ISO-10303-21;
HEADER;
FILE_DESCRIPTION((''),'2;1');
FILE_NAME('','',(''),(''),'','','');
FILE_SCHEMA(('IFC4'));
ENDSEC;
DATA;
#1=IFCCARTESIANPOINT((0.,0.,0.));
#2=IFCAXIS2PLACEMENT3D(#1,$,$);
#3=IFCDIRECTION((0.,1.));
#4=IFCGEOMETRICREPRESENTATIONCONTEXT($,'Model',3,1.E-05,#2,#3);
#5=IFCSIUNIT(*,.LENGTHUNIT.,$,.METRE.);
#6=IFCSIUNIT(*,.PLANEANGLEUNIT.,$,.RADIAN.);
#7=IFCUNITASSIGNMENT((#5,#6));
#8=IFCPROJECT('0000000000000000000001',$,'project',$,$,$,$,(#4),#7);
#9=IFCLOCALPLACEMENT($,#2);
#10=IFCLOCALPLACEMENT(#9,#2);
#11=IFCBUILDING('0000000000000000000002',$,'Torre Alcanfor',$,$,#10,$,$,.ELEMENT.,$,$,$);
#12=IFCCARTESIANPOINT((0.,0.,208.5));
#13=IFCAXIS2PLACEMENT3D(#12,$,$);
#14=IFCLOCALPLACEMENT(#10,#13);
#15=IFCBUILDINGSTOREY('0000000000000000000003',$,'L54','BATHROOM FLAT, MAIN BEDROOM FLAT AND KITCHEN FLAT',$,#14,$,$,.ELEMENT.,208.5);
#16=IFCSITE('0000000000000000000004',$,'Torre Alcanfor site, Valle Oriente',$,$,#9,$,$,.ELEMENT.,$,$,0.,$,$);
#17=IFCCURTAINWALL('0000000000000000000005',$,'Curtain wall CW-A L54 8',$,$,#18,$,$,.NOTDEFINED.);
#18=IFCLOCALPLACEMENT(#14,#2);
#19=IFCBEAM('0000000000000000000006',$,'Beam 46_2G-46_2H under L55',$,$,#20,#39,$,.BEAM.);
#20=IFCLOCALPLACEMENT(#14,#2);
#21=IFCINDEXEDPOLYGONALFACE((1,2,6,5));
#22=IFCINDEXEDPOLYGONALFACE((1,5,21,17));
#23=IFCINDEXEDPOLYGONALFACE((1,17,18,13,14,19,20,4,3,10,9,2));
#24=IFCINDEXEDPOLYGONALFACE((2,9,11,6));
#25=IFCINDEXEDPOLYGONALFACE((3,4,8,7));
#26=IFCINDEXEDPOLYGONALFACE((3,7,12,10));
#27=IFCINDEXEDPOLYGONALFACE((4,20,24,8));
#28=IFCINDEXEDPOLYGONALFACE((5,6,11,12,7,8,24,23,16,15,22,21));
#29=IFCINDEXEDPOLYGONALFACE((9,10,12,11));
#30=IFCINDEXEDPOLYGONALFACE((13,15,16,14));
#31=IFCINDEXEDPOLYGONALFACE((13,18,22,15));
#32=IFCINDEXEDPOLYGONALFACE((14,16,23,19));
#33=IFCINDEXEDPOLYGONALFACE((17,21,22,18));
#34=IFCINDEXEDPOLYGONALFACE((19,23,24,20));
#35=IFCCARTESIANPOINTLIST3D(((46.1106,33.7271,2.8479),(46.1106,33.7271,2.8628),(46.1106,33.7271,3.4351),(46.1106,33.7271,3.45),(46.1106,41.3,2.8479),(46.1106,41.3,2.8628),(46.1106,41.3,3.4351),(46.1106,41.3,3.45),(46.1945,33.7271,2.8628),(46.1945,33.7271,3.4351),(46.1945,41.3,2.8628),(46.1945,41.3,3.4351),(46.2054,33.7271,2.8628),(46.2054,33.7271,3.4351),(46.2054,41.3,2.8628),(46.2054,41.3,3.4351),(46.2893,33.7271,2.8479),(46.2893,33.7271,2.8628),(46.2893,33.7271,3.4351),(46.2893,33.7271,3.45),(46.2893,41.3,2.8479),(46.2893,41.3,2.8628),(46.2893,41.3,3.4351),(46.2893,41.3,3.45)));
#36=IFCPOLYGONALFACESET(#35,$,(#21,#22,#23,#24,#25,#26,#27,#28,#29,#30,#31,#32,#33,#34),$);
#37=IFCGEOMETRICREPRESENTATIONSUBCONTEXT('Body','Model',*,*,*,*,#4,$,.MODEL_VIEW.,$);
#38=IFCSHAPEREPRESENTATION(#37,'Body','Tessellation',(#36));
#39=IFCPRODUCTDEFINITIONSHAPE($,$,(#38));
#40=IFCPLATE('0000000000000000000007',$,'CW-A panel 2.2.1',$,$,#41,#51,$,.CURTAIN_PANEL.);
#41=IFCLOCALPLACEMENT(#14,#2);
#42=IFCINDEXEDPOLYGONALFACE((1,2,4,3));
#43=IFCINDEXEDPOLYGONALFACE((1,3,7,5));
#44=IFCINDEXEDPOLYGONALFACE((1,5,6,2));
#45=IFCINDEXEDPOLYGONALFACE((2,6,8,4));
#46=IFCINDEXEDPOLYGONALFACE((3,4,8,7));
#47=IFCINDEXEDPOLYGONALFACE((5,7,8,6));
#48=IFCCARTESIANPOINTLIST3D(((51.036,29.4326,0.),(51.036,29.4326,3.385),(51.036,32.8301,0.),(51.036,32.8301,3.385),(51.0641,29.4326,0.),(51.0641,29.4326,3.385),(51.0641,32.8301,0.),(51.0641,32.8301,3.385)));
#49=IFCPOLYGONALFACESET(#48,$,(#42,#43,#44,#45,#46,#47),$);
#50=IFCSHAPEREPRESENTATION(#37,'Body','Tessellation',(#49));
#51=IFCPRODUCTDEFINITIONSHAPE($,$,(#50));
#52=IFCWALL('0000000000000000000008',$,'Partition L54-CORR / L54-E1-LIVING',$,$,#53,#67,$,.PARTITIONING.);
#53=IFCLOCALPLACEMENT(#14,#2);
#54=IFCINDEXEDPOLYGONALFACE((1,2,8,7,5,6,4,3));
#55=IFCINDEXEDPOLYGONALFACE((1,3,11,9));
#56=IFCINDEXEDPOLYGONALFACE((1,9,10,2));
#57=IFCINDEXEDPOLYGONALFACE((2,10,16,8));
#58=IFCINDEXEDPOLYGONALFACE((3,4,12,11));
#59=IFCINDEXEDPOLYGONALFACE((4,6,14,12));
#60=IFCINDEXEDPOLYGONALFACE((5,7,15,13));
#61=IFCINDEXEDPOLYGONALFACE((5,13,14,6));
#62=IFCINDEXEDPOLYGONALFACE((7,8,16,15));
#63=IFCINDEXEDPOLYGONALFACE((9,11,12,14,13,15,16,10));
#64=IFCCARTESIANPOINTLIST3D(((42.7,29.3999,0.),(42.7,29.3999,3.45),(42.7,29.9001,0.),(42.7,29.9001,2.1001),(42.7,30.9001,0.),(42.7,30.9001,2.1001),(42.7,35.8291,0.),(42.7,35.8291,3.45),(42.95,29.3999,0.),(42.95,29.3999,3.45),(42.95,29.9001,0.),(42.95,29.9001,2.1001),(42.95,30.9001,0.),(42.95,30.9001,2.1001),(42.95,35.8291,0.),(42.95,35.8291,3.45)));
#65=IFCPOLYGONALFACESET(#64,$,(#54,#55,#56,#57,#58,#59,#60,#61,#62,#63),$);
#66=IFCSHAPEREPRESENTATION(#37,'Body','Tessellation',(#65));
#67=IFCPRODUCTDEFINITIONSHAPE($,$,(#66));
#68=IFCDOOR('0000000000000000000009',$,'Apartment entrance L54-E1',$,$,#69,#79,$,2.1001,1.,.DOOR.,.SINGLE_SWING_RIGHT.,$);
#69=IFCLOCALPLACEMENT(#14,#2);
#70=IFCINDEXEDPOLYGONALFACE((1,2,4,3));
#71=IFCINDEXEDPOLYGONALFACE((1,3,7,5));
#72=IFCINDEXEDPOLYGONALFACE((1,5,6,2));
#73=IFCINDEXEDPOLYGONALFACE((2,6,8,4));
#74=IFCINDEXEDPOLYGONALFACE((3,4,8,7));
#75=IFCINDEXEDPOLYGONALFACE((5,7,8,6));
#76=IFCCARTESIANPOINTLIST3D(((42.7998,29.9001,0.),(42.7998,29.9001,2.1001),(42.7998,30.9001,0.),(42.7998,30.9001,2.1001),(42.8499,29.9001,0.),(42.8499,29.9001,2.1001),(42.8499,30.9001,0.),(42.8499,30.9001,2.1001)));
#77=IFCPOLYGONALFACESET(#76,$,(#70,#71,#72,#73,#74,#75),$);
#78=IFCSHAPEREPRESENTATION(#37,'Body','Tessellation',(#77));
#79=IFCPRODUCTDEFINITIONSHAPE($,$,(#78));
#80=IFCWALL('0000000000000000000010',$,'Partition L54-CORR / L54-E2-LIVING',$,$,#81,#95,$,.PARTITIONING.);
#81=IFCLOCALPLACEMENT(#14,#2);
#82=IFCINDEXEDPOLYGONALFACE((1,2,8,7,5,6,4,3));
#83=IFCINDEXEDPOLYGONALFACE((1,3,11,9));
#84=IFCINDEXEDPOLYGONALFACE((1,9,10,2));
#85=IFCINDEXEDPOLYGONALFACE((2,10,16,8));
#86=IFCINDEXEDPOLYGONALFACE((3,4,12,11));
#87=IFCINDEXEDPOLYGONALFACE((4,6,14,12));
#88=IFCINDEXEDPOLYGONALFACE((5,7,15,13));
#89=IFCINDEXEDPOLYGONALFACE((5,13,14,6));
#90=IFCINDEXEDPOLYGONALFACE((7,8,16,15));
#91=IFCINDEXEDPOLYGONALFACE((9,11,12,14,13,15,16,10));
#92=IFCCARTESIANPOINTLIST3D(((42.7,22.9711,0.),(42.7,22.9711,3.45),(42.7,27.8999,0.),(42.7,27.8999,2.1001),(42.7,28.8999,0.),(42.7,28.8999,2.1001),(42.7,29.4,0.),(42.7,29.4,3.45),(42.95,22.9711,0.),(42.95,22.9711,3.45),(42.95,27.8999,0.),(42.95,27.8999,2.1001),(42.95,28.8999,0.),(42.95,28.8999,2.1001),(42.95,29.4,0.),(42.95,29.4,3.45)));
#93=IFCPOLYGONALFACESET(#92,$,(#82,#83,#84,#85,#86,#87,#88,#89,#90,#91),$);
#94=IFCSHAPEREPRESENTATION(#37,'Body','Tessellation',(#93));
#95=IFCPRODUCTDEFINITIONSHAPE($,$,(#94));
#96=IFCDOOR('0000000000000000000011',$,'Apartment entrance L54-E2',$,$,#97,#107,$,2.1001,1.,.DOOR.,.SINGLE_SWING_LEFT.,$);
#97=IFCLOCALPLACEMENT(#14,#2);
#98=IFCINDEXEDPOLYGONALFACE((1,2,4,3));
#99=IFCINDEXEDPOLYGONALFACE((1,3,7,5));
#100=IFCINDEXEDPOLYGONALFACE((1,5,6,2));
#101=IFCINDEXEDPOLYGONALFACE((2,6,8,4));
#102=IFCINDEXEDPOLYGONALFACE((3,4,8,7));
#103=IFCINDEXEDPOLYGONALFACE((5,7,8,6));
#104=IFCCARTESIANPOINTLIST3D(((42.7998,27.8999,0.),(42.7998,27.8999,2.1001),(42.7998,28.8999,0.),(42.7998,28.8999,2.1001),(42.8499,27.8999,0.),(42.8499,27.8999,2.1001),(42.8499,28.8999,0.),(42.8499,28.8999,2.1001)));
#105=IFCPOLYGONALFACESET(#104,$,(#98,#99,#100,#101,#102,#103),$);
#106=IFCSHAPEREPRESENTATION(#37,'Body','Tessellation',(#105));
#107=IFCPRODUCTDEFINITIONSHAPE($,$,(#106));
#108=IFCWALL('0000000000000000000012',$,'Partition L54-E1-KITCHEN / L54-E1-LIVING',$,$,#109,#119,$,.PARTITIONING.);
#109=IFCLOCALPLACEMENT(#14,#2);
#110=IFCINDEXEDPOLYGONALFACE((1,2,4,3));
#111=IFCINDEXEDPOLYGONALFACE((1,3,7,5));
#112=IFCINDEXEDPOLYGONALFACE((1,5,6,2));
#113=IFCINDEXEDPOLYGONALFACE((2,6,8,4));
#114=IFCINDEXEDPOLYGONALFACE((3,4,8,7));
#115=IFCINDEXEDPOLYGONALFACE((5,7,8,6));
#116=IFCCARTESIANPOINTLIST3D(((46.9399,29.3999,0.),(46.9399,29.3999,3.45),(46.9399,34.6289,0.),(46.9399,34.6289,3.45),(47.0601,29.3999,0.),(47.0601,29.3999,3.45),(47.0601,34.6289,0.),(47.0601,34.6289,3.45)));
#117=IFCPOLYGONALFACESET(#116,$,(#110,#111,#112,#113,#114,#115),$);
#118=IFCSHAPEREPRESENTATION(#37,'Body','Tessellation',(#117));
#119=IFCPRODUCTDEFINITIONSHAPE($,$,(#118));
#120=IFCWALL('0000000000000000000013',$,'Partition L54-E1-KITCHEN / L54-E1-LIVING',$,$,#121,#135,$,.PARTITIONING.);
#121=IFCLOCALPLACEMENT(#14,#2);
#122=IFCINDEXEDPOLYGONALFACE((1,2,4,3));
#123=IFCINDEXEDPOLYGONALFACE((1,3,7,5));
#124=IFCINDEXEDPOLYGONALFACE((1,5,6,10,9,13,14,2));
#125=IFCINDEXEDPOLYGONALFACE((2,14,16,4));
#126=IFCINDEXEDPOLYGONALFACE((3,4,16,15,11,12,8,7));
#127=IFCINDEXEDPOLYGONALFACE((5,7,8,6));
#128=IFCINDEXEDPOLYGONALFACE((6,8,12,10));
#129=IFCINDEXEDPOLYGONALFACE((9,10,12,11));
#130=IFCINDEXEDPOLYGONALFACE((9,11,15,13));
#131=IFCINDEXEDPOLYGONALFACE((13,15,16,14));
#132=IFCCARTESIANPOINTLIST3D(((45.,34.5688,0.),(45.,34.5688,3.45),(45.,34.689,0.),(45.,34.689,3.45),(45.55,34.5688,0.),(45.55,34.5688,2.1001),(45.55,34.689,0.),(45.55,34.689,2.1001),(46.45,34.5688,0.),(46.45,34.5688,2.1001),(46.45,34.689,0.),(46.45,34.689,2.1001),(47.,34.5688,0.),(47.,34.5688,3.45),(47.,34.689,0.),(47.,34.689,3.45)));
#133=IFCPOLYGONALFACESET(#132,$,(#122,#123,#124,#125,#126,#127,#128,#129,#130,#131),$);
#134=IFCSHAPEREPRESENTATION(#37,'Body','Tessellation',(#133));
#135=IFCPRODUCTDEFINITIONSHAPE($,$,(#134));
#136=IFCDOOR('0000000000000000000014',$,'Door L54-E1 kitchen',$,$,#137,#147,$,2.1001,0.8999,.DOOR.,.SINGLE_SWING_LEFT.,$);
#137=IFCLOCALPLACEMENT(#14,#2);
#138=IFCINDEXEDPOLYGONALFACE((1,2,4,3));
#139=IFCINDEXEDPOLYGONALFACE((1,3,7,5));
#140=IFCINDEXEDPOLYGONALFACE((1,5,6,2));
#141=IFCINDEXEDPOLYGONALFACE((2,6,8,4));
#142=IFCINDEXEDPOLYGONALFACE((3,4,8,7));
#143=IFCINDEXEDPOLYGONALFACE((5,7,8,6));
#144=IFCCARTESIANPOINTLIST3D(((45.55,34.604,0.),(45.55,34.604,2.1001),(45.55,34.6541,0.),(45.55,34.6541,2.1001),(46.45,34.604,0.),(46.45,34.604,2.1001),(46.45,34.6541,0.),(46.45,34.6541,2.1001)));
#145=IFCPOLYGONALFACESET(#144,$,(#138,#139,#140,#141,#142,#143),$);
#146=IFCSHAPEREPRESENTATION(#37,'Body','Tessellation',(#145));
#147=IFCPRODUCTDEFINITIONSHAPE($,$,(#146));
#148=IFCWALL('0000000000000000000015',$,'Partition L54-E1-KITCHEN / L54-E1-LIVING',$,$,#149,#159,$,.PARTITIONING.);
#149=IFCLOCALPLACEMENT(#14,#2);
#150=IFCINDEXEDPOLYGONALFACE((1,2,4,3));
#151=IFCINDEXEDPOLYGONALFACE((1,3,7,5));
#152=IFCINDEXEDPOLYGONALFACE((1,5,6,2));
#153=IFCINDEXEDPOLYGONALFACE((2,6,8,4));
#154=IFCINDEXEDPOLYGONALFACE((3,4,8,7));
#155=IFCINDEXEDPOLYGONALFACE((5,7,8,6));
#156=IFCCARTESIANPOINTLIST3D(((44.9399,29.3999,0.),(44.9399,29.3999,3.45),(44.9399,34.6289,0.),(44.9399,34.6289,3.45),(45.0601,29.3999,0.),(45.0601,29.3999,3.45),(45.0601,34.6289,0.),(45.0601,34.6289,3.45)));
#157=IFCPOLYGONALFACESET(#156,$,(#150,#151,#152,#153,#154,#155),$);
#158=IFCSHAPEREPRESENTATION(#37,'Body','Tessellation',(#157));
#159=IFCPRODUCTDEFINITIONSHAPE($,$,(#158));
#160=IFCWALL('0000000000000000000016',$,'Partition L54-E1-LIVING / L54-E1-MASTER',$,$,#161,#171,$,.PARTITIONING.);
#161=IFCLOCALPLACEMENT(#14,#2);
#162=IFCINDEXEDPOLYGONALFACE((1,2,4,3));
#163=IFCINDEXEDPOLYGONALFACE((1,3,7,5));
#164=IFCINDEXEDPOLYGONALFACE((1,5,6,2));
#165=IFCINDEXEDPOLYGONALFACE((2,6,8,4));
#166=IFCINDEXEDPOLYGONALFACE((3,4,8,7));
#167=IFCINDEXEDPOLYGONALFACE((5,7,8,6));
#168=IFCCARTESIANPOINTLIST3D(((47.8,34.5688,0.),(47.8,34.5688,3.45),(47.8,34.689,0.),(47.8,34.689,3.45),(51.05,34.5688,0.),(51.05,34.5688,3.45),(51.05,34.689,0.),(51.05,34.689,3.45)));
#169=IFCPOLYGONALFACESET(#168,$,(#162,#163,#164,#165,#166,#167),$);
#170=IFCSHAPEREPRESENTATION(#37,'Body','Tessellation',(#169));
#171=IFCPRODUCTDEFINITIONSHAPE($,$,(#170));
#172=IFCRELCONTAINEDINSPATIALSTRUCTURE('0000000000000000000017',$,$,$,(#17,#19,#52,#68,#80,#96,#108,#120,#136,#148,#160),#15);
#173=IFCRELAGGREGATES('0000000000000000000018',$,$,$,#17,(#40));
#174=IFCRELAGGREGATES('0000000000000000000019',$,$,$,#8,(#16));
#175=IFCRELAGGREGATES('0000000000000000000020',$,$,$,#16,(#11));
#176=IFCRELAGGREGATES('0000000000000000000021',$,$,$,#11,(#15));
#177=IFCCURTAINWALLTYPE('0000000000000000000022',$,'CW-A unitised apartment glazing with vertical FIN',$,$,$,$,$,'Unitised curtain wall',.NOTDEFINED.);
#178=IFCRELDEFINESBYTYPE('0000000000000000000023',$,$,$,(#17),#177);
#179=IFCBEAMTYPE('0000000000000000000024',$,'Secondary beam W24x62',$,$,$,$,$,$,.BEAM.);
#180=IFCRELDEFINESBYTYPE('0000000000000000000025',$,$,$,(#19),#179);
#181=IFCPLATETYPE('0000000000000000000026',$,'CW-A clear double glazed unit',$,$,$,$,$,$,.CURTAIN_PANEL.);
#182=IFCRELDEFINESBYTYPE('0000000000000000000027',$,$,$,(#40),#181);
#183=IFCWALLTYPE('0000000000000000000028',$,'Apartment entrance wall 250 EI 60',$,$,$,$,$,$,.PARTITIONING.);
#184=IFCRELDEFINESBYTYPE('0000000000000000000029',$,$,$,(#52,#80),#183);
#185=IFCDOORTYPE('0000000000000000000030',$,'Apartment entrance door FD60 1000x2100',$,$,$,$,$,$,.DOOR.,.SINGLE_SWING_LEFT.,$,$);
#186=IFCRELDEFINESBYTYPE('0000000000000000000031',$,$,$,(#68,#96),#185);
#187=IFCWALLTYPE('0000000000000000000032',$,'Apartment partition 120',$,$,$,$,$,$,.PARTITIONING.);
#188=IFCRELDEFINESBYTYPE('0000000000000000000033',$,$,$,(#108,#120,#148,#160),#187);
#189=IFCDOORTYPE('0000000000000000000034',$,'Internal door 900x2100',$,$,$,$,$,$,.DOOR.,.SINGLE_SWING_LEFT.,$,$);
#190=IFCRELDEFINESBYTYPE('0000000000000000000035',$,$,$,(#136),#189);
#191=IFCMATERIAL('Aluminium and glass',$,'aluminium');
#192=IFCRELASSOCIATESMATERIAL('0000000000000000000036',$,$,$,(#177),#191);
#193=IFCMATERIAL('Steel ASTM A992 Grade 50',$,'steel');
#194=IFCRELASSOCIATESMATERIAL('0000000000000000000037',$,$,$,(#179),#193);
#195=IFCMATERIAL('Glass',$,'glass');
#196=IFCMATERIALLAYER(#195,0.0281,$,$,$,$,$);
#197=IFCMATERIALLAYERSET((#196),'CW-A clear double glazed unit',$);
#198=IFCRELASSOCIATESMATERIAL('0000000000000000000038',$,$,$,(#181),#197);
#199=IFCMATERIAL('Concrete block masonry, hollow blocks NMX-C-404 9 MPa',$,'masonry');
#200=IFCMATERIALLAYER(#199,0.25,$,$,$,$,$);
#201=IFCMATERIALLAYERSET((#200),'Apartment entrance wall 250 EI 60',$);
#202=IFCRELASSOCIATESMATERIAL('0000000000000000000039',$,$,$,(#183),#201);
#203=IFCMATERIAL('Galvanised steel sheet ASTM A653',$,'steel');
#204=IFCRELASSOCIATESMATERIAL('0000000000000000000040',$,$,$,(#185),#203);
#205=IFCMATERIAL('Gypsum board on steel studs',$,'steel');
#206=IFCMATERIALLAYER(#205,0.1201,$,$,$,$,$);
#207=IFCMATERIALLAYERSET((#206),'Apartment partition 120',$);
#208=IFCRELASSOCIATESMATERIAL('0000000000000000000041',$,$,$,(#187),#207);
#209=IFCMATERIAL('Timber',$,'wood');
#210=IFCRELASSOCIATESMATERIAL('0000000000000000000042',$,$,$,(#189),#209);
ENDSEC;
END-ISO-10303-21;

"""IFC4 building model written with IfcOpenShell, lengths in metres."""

from ifc_helpers import new_model, si_unit, direction, frame, frame_2d, origin, origin_2d, place, context, subcontext, project, spatial, rectangle, i_section, extrude, material, layer, layer_set, material_profile, profile_set, type_object, element, fill, aggregate, save


model = new_model("IFC4")

# Units and contexts
model_context = context("Model", 3, precision=1e-05, world=origin(), true_north=direction((0.0, 1.0)))
body_context = subcontext(model_context, "Body", "Model", "MODEL_VIEW")
ifc_project = project(units=[si_unit("LENGTHUNIT", "METRE"), si_unit("PLANEANGLEUNIT", "RADIAN")], contexts=[model_context])

# Site, building, storey
site_placement = place(None, origin())
site = spatial("IfcSite", under=ifc_project, at=site_placement, Name="Torre Alcanfor site, Valle Oriente", CompositionType="ELEMENT", RefElevation=0.0)
building_placement = place(site_placement, origin())
building = spatial("IfcBuilding", under=site, at=building_placement, Name="Torre Alcanfor", CompositionType="ELEMENT")
storey_placement = place(building_placement, frame((0.0, 0.0, 208.5)))
storey = spatial("IfcBuildingStorey", under=building, at=storey_placement, Name="L54", Description="BATHROOM FLAT, MAIN BEDROOM FLAT AND KITCHEN FLAT", CompositionType="ELEMENT", Elevation=208.5)

# Curtain wall
ifc_material_1 = material(Name="Aluminium and glass", Category="aluminium")
curtain_wall_type = type_object("IfcCurtainWallType", Name="CW-A unitised apartment glazing with vertical FIN", ElementType="Unitised curtain wall", PredefinedType="NOTDEFINED", material=ifc_material_1)
curtain_wall_placement = place(storey_placement, origin())
curtain_wall = element("IfcCurtainWall", 1, at=curtain_wall_placement, inside=storey, type_object=curtain_wall_type, Name="Curtain wall CW-A L54 8", PredefinedType="NOTDEFINED")

# Beam
ifc_material_2 = material(Name="Steel ASTM A992 Grade 50", Category="steel")
ifc_material_profile_1 = material_profile(ifc_material_2, i_section(OverallWidth=0.1787, OverallDepth=0.6021, WebThickness=0.011, FlangeThickness=0.0149, at=origin_2d()), Name="W24x62")
ifc_profile_set_1 = profile_set([ifc_material_profile_1], Name="Steel ASTM A992 Grade 50")
beam_type_1 = type_object("IfcBeamType", Name="Secondary beam W24x62", PredefinedType="BEAM", material=ifc_profile_set_1)
beam_1_placement = place(storey_placement, frame((46.2, 33.7271, 3.1489), z_axis=(0.0, 1.0, 0.0), x_axis=(-1.0, 0.0, 0.0)))
element("IfcBeam", 2, at=beam_1_placement, inside=storey, type_object=beam_type_1, Name="Beam 46_2G-46_2H under L55", PredefinedType="BEAM", context=body_context, shape_type="SweptSolid", body=[
    extrude(i_section(OverallWidth=0.1787, OverallDepth=0.6021, WebThickness=0.011, FlangeThickness=0.0149, at=origin_2d()), origin(), (0.0, 0.0, 1.0), 7.573),
])

# Plate
ifc_material_3 = material(Name="Glass", Category="glass")
ifc_layer_1 = layer(ifc_material_3, 0.0281)
ifc_layer_set_1 = layer_set([ifc_layer_1], Name="CW-A clear double glazed unit")
plate_type = type_object("IfcPlateType", Name="CW-A clear double glazed unit", PredefinedType="CURTAIN_PANEL", material=ifc_layer_set_1)
plate_placement = place(storey_placement, frame((51.05, 31.1313, 0.0), z_axis=(0.0, 0.0, 1.0), x_axis=(0.0, 1.0, 0.0)))
plate = element("IfcPlate", 3, at=plate_placement, type_object=plate_type, Name="CW-A panel 2.2.1", PredefinedType="CURTAIN_PANEL", context=body_context, shape_type="SweptSolid", body=[
    extrude(rectangle(XDim=3.3975, YDim=0.0281, at=origin_2d()), origin(), (0.0, 0.0, 1.0), 3.385),
])
aggregate(curtain_wall, [plate])

# Walls, openings, doors
ifc_material_4 = material(Name="Concrete block masonry, hollow blocks NMX-C-404 9 MPa", Category="masonry")
ifc_layer_2 = layer(ifc_material_4, 0.25)
ifc_layer_set_2 = layer_set([ifc_layer_2], Name="Apartment entrance wall 250 EI 60")
wall_type_1 = type_object("IfcWallType", Name="Apartment entrance wall 250 EI 60", PredefinedType="PARTITIONING", material=ifc_layer_set_2)
wall_1_placement = place(storey_placement, frame((42.825, 35.8291, 0.0), z_axis=(0.0, 0.0, 1.0), x_axis=(0.0, -1.0, 0.0)))
wall_1 = element("IfcWall", 4, at=wall_1_placement, inside=storey, type_object=wall_type_1, Name="Partition L54-CORR / L54-E1-LIVING", PredefinedType="PARTITIONING", context=body_context, shape_type="SweptSolid", body=[
    extrude(rectangle(XDim=6.4292, YDim=0.25, at=frame_2d((3.2146, 0.0))), origin(), (0.0, 0.0, 1.0), 3.45),
])
opening_1_placement = place(wall_1_placement, frame((4.929, 0.0, 0.0)))
opening_1 = element("IfcOpeningElement", 5, at=opening_1_placement, cuts=wall_1, PredefinedType="OPENING", context=body_context, shape_type="SweptSolid", body=[
    extrude(rectangle(XDim=1.0, YDim=2.1001, at=frame_2d((0.5, 1.05))), frame((0.0, 0.135, 0.0), z_axis=(0.0, -1.0, 0.0), x_axis=(1.0, 0.0, 0.0)), (0.0, 0.0, 1.0), 0.27),
])
ifc_material_5 = material(Name="Galvanised steel sheet ASTM A653", Category="steel")
door_type_1 = type_object("IfcDoorType", Name="Apartment entrance door FD60 1000x2100", OperationType="SINGLE_SWING_LEFT", PredefinedType="DOOR", material=ifc_material_5)
door_1_placement = place(opening_1_placement, origin())
door_1 = element("IfcDoor", 6, at=door_1_placement, inside=storey, type_object=door_type_1, Name="Apartment entrance L54-E1", OperationType="SINGLE_SWING_RIGHT", OverallHeight=2.1001, OverallWidth=1.0, PredefinedType="DOOR", context=body_context, shape_type="SweptSolid", body=[
    extrude(rectangle(XDim=1.0, YDim=2.1001, at=frame_2d((0.5, 1.05))), frame((0.0, 0.0249, 0.0), z_axis=(0.0, -1.0, 0.0), x_axis=(1.0, 0.0, 0.0)), (0.0, 0.0, 1.0), 0.05),
])
fill(opening_1, door_1)
wall_2_placement = place(storey_placement, frame((42.825, 29.3999, 0.0), z_axis=(0.0, 0.0, 1.0), x_axis=(0.0, -1.0, 0.0)))
wall_2 = element("IfcWall", 7, at=wall_2_placement, inside=storey, type_object=wall_type_1, Name="Partition L54-CORR / L54-E2-LIVING", PredefinedType="PARTITIONING", context=body_context, shape_type="SweptSolid", body=[
    extrude(rectangle(XDim=6.429, YDim=0.25, at=frame_2d((3.2144, 0.0))), origin(), (0.0, 0.0, 1.0), 3.45),
])
opening_2_placement = place(wall_2_placement, frame((0.5, 0.0, 0.0)))
opening_2 = element("IfcOpeningElement", 8, at=opening_2_placement, cuts=wall_2, PredefinedType="OPENING", context=body_context, shape_type="SweptSolid", body=[
    extrude(rectangle(XDim=1.0, YDim=2.1001, at=frame_2d((0.5, 1.05))), frame((0.0, 0.135, 0.0), z_axis=(0.0, -1.0, 0.0), x_axis=(1.0, 0.0, 0.0)), (0.0, 0.0, 1.0), 0.27),
])
door_2_placement = place(opening_2_placement, origin())
door_2 = element("IfcDoor", 9, at=door_2_placement, inside=storey, type_object=door_type_1, Name="Apartment entrance L54-E2", OperationType="SINGLE_SWING_LEFT", OverallHeight=2.1001, OverallWidth=1.0, PredefinedType="DOOR", context=body_context, shape_type="SweptSolid", body=[
    extrude(rectangle(XDim=1.0, YDim=2.1001, at=frame_2d((0.5, 1.05))), frame((0.0, 0.0249, 0.0), z_axis=(0.0, -1.0, 0.0), x_axis=(1.0, 0.0, 0.0)), (0.0, 0.0, 1.0), 0.05),
])
fill(opening_2, door_2)

# Wall
ifc_material_6 = material(Name="Gypsum board on steel studs", Category="steel")
ifc_layer_3 = layer(ifc_material_6, 0.1201)
ifc_layer_set_3 = layer_set([ifc_layer_3], Name="Apartment partition 120")
wall_type_2 = type_object("IfcWallType", Name="Apartment partition 120", PredefinedType="PARTITIONING", material=ifc_layer_set_3)
wall_3_placement = place(storey_placement, frame((47.0, 29.3999, 0.0), z_axis=(0.0, 0.0, 1.0), x_axis=(0.0, 1.0, 0.0)))
element("IfcWall", 10, at=wall_3_placement, inside=storey, type_object=wall_type_2, Name="Partition L54-E1-KITCHEN / L54-E1-LIVING", PredefinedType="PARTITIONING", context=body_context, shape_type="SweptSolid", body=[
    extrude(rectangle(XDim=5.229, YDim=0.1201, at=frame_2d((2.6145, 0.0))), origin(), (0.0, 0.0, 1.0), 3.45),
])

# Wall, opening, door
wall_4_placement = place(storey_placement, frame((47.0, 34.6289, 0.0), z_axis=(0.0, 0.0, 1.0), x_axis=(-1.0, 0.0, 0.0)))
wall_4 = element("IfcWall", 11, at=wall_4_placement, inside=storey, type_object=wall_type_2, Name="Partition L54-E1-KITCHEN / L54-E1-LIVING", PredefinedType="PARTITIONING", context=body_context, shape_type="SweptSolid", body=[
    extrude(rectangle(XDim=2.0, YDim=0.1201, at=frame_2d((1.0, 0.0))), origin(), (0.0, 0.0, 1.0), 3.45),
])
opening_3_placement = place(wall_4_placement, frame((0.55, 0.0, 0.0)))
opening_3 = element("IfcOpeningElement", 12, at=opening_3_placement, cuts=wall_4, PredefinedType="OPENING", context=body_context, shape_type="SweptSolid", body=[
    extrude(rectangle(XDim=0.8999, YDim=2.1001, at=frame_2d((0.45, 1.05))), frame((0.0, 0.0701, 0.0), z_axis=(0.0, -1.0, 0.0), x_axis=(1.0, 0.0, 0.0)), (0.0, 0.0, 1.0), 0.1401),
])
ifc_material_7 = material(Name="Timber", Category="wood")
door_type_2 = type_object("IfcDoorType", Name="Internal door 900x2100", OperationType="SINGLE_SWING_LEFT", PredefinedType="DOOR", material=ifc_material_7)
door_3_placement = place(opening_3_placement, origin())
door_3 = element("IfcDoor", 13, at=door_3_placement, inside=storey, type_object=door_type_2, Name="Door L54-E1 kitchen", OperationType="SINGLE_SWING_LEFT", OverallHeight=2.1001, OverallWidth=0.8999, PredefinedType="DOOR", context=body_context, shape_type="SweptSolid", body=[
    extrude(rectangle(XDim=0.8999, YDim=2.1001, at=frame_2d((0.45, 1.05))), frame((0.0, 0.0249, 0.0), z_axis=(0.0, -1.0, 0.0), x_axis=(1.0, 0.0, 0.0)), (0.0, 0.0, 1.0), 0.05),
])
fill(opening_3, door_3)

# Walls
wall_5_placement = place(storey_placement, frame((45.0, 34.6289, 0.0), z_axis=(0.0, 0.0, 1.0), x_axis=(0.0, -1.0, 0.0)))
element("IfcWall", 14, at=wall_5_placement, inside=storey, type_object=wall_type_2, Name="Partition L54-E1-KITCHEN / L54-E1-LIVING", PredefinedType="PARTITIONING", context=body_context, shape_type="SweptSolid", body=[
    extrude(rectangle(XDim=5.229, YDim=0.1201, at=frame_2d((2.6145, 0.0))), origin(), (0.0, 0.0, 1.0), 3.45),
])
wall_6_placement = place(storey_placement, frame((47.8, 34.6289, 0.0), z_axis=(0.0, 0.0, 1.0), x_axis=(1.0, 0.0, 0.0)))
element("IfcWall", 15, at=wall_6_placement, inside=storey, type_object=wall_type_2, Name="Partition L54-E1-LIVING / L54-E1-MASTER", PredefinedType="PARTITIONING", context=body_context, shape_type="SweptSolid", body=[
    extrude(rectangle(XDim=3.25, YDim=0.1201, at=frame_2d((1.625, 0.0))), origin(), (0.0, 0.0, 1.0), 3.45),
])

save(model, "model.ifc")
